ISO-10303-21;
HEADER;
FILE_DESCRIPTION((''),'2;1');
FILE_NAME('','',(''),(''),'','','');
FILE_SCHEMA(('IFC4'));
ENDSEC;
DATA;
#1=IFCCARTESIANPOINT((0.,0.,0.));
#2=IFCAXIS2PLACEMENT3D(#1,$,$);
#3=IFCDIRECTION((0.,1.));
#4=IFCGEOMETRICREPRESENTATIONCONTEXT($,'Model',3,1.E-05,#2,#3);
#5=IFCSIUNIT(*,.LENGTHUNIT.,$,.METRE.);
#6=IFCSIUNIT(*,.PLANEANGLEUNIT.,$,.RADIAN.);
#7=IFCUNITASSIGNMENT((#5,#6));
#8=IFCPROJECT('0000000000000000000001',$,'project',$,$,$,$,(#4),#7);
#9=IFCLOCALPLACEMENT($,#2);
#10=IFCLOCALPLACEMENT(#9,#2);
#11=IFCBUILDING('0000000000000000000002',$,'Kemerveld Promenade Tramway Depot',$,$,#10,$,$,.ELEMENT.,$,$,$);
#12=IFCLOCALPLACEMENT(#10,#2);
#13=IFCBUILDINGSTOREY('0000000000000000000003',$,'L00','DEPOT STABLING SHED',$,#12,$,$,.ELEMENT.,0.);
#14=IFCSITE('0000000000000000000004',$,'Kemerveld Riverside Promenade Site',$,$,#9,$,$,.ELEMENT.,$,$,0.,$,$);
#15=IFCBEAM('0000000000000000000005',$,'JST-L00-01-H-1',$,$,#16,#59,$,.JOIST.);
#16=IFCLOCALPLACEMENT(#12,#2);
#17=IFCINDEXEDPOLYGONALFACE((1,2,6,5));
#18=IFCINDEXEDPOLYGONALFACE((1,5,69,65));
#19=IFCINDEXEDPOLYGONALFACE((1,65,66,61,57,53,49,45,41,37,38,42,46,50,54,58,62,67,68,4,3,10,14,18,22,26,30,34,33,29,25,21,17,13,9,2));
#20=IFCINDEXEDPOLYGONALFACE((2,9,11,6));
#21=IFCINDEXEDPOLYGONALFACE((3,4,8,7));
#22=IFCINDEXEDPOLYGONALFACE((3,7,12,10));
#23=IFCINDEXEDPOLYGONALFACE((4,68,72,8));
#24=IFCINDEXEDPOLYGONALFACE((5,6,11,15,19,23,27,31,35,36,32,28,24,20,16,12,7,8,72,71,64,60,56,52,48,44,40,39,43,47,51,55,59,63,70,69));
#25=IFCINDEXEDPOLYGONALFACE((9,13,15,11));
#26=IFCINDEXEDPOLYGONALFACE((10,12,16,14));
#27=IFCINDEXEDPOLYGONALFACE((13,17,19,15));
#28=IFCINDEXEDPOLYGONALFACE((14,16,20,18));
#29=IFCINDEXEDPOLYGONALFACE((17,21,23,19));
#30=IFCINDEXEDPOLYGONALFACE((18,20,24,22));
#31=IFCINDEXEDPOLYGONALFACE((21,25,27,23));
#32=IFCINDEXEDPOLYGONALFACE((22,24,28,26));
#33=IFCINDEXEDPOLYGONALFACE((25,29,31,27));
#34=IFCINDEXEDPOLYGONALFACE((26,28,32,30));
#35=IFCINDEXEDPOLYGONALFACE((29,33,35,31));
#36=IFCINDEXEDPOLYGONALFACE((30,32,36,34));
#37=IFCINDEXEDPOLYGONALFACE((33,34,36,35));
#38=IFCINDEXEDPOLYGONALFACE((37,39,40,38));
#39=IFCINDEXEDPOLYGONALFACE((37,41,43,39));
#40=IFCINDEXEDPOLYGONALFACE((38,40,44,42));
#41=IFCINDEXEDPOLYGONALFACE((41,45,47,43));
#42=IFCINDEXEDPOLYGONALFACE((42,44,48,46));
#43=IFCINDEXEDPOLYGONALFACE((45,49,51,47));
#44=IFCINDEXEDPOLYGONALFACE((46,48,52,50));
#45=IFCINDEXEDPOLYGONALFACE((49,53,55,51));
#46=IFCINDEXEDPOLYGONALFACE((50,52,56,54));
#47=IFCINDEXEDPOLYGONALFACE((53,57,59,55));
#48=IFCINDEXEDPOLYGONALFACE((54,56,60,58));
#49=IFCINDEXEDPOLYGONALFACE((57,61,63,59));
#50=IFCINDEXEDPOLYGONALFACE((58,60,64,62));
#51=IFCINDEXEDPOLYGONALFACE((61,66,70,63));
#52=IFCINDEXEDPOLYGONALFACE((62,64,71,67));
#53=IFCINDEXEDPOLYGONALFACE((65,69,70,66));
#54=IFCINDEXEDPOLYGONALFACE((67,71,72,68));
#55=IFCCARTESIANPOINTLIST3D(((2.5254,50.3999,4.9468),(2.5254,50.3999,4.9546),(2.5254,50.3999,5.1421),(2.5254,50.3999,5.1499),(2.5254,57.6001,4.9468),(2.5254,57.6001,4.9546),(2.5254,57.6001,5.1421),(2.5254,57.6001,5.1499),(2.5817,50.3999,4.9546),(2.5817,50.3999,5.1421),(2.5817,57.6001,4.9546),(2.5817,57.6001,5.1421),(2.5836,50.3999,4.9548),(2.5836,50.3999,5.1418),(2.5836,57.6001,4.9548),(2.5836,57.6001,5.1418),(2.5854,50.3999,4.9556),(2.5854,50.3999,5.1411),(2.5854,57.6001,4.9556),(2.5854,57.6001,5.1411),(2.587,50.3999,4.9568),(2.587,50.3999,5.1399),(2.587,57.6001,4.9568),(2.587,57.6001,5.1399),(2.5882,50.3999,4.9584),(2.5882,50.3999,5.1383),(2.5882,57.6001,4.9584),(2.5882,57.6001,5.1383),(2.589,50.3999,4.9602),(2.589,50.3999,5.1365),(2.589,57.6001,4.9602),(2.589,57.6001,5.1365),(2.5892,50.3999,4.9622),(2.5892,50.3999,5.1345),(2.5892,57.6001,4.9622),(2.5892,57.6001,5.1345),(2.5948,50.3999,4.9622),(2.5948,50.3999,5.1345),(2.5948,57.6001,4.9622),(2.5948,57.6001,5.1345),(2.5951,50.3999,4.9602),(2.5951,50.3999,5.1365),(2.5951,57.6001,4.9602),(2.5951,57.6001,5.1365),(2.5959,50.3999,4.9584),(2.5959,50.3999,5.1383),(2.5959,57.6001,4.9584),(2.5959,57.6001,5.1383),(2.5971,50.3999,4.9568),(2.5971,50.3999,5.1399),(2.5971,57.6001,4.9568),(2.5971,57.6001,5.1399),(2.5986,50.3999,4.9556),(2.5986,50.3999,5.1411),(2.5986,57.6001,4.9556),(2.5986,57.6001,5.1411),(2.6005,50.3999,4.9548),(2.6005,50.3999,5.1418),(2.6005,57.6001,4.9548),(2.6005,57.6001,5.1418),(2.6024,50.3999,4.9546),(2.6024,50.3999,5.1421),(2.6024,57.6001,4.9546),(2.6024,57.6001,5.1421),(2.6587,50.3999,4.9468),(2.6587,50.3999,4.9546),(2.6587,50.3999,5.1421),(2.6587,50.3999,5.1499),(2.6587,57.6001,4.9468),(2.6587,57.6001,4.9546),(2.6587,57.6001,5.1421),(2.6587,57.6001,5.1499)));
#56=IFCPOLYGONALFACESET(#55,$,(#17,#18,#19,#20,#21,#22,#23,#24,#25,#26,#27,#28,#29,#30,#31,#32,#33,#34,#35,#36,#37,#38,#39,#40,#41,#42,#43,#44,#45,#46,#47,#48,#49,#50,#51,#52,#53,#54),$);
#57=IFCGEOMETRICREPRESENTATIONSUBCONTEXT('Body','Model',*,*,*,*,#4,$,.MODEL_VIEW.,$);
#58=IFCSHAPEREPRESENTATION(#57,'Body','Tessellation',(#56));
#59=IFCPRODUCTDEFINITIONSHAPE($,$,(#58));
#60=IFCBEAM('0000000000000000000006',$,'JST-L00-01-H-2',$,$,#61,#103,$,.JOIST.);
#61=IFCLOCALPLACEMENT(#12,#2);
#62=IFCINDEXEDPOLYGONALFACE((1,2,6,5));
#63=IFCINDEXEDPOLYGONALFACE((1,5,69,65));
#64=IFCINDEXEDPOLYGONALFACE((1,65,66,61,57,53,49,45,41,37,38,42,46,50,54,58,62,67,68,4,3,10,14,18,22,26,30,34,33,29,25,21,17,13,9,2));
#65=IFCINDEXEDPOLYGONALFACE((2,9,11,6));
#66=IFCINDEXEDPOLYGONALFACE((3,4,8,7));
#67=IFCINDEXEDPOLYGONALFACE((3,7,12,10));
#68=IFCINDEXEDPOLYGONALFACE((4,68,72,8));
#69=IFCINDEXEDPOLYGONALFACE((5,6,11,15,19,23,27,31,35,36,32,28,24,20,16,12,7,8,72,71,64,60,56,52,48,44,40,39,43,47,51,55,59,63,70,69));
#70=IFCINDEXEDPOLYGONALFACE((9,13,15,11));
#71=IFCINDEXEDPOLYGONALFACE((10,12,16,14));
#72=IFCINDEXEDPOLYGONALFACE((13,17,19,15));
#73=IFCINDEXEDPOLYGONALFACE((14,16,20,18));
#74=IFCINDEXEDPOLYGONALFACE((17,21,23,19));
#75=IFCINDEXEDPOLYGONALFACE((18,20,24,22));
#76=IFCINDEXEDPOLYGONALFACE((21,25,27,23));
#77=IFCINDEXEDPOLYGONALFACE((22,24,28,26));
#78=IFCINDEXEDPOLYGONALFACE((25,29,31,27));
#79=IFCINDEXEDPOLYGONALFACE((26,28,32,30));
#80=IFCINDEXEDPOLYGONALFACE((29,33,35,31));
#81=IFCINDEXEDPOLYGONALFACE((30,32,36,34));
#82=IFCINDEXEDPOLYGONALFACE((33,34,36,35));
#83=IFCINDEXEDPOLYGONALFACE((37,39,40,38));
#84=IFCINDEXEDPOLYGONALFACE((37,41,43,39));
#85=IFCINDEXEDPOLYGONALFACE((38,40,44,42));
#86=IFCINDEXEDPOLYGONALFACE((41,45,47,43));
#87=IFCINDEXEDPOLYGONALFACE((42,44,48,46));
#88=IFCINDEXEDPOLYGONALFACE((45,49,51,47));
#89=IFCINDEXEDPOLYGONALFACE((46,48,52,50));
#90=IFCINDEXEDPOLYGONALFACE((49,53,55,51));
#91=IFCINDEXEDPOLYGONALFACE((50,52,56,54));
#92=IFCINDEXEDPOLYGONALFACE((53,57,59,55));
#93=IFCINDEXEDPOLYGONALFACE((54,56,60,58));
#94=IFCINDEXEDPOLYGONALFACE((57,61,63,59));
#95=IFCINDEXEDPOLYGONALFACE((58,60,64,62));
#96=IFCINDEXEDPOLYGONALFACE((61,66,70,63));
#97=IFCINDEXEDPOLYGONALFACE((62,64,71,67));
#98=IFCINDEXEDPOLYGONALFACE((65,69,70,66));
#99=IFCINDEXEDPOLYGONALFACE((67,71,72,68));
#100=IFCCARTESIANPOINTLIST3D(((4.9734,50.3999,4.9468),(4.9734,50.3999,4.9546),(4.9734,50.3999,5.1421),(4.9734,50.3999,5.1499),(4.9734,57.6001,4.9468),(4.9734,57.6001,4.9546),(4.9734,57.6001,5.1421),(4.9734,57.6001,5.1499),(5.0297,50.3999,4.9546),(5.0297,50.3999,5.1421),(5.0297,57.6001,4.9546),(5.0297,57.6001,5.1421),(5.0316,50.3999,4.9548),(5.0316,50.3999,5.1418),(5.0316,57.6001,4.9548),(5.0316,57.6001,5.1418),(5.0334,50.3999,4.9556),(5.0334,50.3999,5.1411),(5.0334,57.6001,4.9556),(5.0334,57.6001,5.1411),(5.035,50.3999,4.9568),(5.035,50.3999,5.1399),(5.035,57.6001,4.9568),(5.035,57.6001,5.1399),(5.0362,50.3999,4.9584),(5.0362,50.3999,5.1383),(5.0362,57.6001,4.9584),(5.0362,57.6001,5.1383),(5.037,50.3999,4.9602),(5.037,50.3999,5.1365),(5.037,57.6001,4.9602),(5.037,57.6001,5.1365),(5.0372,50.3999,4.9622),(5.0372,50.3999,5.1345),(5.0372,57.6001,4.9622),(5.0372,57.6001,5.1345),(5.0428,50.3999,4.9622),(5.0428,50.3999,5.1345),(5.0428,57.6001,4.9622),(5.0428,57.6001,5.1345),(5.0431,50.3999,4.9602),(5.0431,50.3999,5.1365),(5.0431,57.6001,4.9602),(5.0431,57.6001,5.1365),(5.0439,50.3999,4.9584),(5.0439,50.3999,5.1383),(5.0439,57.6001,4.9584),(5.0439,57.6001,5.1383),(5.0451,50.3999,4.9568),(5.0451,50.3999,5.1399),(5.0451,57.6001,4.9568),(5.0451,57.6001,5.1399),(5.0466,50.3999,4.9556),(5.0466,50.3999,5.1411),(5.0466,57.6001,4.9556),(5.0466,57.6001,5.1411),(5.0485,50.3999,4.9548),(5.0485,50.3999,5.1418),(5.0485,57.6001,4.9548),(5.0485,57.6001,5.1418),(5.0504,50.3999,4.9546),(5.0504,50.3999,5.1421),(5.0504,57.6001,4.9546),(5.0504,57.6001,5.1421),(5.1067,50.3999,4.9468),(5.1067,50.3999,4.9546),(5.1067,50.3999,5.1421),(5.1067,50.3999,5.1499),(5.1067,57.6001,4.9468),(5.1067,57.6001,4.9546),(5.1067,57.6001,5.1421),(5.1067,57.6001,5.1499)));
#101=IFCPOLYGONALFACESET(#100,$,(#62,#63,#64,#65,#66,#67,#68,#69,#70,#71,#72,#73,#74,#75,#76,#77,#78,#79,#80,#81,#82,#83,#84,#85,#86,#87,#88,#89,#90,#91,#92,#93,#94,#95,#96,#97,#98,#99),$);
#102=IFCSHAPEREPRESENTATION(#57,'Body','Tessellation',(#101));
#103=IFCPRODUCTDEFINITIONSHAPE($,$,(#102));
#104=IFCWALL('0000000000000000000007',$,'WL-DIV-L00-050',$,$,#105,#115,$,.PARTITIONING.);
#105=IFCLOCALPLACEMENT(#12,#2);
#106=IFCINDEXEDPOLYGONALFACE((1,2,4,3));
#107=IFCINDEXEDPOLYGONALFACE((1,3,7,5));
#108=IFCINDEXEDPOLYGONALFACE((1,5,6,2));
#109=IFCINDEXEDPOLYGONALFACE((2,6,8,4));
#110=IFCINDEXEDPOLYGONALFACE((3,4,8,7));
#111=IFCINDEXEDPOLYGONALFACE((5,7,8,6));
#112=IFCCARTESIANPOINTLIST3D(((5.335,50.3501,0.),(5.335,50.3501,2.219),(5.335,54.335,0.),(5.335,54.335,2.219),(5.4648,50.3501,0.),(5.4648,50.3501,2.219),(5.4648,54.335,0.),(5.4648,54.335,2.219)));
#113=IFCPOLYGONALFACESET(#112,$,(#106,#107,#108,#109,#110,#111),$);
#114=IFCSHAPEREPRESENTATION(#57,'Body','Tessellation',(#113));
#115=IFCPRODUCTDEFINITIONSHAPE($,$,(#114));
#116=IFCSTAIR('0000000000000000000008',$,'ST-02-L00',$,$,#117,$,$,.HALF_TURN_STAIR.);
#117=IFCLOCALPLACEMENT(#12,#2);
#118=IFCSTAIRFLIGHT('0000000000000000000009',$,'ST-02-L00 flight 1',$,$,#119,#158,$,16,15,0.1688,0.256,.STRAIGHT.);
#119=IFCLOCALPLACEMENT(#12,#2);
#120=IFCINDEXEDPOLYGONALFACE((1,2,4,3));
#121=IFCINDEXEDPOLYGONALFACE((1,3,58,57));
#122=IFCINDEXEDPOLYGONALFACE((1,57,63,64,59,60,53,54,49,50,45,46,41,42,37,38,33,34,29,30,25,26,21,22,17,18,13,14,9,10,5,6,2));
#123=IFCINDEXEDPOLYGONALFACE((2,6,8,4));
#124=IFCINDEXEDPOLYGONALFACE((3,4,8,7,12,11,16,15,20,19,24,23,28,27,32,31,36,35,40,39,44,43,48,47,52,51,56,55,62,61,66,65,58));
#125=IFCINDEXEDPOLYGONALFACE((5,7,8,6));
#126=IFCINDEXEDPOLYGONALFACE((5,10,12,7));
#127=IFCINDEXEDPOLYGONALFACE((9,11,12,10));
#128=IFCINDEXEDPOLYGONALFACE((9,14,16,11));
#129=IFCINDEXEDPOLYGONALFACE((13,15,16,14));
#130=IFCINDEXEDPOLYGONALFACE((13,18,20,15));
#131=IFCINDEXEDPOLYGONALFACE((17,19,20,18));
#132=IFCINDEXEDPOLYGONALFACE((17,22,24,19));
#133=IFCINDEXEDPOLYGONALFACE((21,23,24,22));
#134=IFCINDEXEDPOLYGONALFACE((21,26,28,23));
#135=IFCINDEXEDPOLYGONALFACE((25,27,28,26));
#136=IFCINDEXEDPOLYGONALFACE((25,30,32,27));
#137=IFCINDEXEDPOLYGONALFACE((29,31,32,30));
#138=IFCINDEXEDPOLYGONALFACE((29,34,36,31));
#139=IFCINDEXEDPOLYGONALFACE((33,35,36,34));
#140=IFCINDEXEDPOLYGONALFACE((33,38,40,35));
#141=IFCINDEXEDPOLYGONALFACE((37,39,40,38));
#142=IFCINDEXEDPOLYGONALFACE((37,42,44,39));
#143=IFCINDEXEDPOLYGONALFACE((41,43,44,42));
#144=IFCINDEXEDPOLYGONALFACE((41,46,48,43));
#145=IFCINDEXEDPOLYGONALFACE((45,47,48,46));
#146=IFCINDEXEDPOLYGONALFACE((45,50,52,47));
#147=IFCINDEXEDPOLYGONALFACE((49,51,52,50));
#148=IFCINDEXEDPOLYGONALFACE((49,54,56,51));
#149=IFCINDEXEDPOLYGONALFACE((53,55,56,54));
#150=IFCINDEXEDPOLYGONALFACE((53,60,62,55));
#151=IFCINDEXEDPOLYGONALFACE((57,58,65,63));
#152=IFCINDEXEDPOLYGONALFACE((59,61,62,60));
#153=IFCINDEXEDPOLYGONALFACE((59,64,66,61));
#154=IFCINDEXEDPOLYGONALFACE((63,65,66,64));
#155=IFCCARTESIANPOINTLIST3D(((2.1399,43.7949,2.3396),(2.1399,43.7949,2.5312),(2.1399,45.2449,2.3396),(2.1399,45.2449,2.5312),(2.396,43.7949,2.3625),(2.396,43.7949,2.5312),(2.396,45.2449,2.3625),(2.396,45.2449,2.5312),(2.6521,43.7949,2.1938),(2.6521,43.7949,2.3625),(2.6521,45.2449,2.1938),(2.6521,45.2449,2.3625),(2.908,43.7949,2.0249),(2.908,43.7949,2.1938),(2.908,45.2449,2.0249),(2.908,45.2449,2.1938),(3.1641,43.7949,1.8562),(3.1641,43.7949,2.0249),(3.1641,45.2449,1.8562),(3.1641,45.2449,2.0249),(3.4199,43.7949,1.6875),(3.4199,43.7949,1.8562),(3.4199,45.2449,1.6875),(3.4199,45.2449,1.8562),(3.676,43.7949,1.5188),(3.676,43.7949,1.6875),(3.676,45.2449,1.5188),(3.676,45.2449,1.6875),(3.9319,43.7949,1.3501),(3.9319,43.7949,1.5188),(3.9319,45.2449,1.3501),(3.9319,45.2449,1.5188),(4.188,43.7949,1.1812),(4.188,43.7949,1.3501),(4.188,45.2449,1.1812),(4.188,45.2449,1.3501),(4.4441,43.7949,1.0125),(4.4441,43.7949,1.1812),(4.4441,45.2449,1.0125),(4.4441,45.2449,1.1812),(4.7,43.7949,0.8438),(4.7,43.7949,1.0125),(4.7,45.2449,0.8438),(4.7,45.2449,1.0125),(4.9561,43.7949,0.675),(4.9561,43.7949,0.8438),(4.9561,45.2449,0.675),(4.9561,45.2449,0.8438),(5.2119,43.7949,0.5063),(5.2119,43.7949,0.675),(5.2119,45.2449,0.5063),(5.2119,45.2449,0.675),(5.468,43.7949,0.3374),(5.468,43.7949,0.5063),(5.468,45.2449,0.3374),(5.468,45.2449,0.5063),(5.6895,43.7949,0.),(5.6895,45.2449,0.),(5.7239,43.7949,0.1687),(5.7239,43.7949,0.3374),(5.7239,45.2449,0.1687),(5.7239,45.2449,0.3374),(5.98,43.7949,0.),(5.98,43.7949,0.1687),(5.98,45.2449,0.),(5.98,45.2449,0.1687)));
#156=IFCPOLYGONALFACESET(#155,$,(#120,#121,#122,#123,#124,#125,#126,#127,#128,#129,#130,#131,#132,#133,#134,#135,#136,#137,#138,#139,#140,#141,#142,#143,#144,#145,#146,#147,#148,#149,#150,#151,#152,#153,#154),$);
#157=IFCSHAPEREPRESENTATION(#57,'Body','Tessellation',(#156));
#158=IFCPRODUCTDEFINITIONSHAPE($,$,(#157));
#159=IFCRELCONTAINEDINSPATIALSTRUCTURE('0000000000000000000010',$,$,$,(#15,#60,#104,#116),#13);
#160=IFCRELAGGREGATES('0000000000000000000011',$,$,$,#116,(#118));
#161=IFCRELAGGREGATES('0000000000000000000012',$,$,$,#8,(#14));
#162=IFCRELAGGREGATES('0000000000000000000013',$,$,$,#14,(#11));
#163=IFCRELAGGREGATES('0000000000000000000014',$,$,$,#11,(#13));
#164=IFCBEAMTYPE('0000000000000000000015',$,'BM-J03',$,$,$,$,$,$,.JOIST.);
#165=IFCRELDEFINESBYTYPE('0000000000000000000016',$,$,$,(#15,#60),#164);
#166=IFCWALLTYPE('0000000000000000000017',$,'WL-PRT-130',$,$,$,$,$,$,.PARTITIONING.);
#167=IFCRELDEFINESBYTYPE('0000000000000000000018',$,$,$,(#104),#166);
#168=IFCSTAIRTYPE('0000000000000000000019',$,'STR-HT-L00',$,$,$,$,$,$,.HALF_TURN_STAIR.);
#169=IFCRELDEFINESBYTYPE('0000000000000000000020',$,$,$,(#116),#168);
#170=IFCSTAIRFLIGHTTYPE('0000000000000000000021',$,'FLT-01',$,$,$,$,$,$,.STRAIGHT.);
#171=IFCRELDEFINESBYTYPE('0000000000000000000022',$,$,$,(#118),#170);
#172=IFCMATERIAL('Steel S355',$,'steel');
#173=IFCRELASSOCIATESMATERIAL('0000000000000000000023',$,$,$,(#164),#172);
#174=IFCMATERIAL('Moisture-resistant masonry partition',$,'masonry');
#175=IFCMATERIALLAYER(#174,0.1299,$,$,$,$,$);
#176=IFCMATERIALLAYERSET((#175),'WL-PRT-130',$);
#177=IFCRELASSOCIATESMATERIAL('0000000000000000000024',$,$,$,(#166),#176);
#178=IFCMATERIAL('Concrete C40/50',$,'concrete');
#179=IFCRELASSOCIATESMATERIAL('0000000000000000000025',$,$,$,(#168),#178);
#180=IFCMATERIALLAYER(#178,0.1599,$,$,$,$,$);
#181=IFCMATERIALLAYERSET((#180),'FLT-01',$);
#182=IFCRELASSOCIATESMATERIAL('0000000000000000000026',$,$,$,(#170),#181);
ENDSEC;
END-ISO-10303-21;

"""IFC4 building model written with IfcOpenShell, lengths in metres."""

from ifc_helpers import new_model, si_unit, direction, frame, frame_2d, origin, origin_2d, place, context, subcontext, project, spatial, polyline, rectangle, i_section, outline, extrude, material, layer, layer_set, material_profile, profile_set, type_object, element, aggregate, save


model = new_model("IFC4")

# Units and contexts
model_context = context("Model", 3, precision=1e-05, world=origin(), true_north=direction((0.0, 1.0)))
body_context = subcontext(model_context, "Body", "Model", "MODEL_VIEW")
ifc_project = project(units=[si_unit("LENGTHUNIT", "METRE"), si_unit("PLANEANGLEUNIT", "RADIAN")], contexts=[model_context])

# Site, building, storey
site_placement = place(None, origin())
site = spatial("IfcSite", under=ifc_project, at=site_placement, Name="Kemerveld Riverside Promenade Site", CompositionType="ELEMENT", RefElevation=0.0)
building_placement = place(site_placement, origin())
building = spatial("IfcBuilding", under=site, at=building_placement, Name="Kemerveld Promenade Tramway Depot", CompositionType="ELEMENT")
storey_placement = place(building_placement, origin())
storey = spatial("IfcBuildingStorey", under=building, at=storey_placement, Name="L00", Description="DEPOT STABLING SHED", CompositionType="ELEMENT", Elevation=0.0)

# Shared definitions
ifc_material_1 = material(Name="Steel S355", Category="steel")

# Beams
ifc_material_profile_1 = material_profile(ifc_material_1, i_section(OverallWidth=0.1333, OverallDepth=0.2031, WebThickness=0.0056, FlangeThickness=0.0078, FilletRadius=0.0076, at=origin_2d()), Name="203x133x25 UB")
ifc_profile_set_1 = profile_set([ifc_material_profile_1], Name="Steel S355")
beam_type_1 = type_object("IfcBeamType", Name="BM-J03", PredefinedType="JOIST", material=ifc_profile_set_1)
for number, where, z_axis, x_axis, name in (
    (1, (2.592, 50.3999, 5.0483), (0.0, 1.0, 0.0), (-1.0, 0.0, 0.0), "JST-L00-01-H-1"),
    (2, (5.04, 50.3999, 5.0483), (0.0, 1.0, 0.0), (-1.0, 0.0, 0.0), "JST-L00-01-H-2"),
):
    element("IfcBeam", number, at=place(storey_placement, frame(where, z_axis=z_axis, x_axis=x_axis)), inside=storey, type_object=beam_type_1, Name=name, PredefinedType="JOIST", context=body_context, shape_type="SweptSolid", body=[
        extrude(i_section(OverallWidth=0.1333, OverallDepth=0.2031, WebThickness=0.0056, FlangeThickness=0.0078, FilletRadius=0.0076, at=origin_2d()), origin(), (0.0, 0.0, 1.0), 7.2002),
    ])

# Shared definitions
ifc_material_2 = material(Name="Concrete C40/50", Category="concrete")

# Wall
ifc_material_3 = material(Name="Moisture-resistant masonry partition", Category="masonry")
ifc_layer_1 = layer(ifc_material_3, 0.1299)
ifc_layer_set_1 = layer_set([ifc_layer_1], Name="WL-PRT-130")
wall_type_1 = type_object("IfcWallType", Name="WL-PRT-130", PredefinedType="PARTITIONING", material=ifc_layer_set_1)
wall_1_placement = place(storey_placement, frame((5.3999, 50.3501, 0.0), z_axis=(0.0, 0.0, 1.0), x_axis=(0.0, 1.0, 0.0)))
element("IfcWall", 3, at=wall_1_placement, inside=storey, type_object=wall_type_1, Name="WL-DIV-L00-050", PredefinedType="PARTITIONING", context=body_context, shape_type="SweptSolid", body=[
    extrude(rectangle(XDim=3.9849, YDim=0.1299, at=frame_2d((1.9924, 0.0))), origin(), (0.0, 0.0, 1.0), 2.219),
])

# Stair, stair flight
stair_type = type_object("IfcStairType", Name="STR-HT-L00", PredefinedType="HALF_TURN_STAIR", material=ifc_material_2)
stair_placement = place(storey_placement, origin())
stair = element("IfcStair", 4, at=stair_placement, inside=storey, type_object=stair_type, Name="ST-02-L00", PredefinedType="HALF_TURN_STAIR")
ifc_layer_2 = layer(ifc_material_2, 0.1599)
ifc_layer_set_2 = layer_set([ifc_layer_2], Name="FLT-01")
stair_flight_type = type_object("IfcStairFlightType", Name="FLT-01", PredefinedType="STRAIGHT", material=ifc_layer_set_2)
stair_flight_placement = place(storey_placement, frame((5.98, 44.52, 0.0), z_axis=(0.0, 0.0, 1.0), x_axis=(-1.0, 0.0, 0.0)))
stair_flight = element("IfcStairFlight", 5, at=stair_flight_placement, type_object=stair_flight_type, Name="ST-02-L00 flight 1", NumberOfRisers=16, NumberOfTreads=15, PredefinedType="STRAIGHT", RiserHeight=0.1688, TreadLength=0.256, context=body_context, shape_type="SweptSolid", body=[
    extrude(outline(polyline([(0.0, 0.0), (0.0, 0.1687), (0.2561, 0.1687), (0.2561, 0.3374), (0.512, 0.3374), (0.512, 0.5063), (0.7681, 0.5063), (0.7681, 0.675), (1.0239, 0.675), (1.0239, 0.8438), (1.28, 0.8438), (1.28, 1.0125), (1.5359, 1.0125), (1.5359, 1.1812), (1.792, 1.1812), (1.792, 1.3501), (2.0481, 1.3501), (2.0481, 1.5188), (2.304, 1.5188), (2.304, 1.6875), (2.5601, 1.6875), (2.5601, 1.8562), (2.8159, 1.8562), (2.8159, 2.0249), (3.072, 2.0249), (3.072, 2.1938), (3.3279, 2.1938), (3.3279, 2.3625), (3.584, 2.3625), (3.584, 2.5312), (3.8401, 2.5312), (3.8401, 2.7), (3.8401, 2.3396), (0.2905, 0.0), (0.0, 0.0)])), frame((0.0, 0.7251, 0.0), z_axis=(0.0, -1.0, 0.0), x_axis=(1.0, 0.0, 0.0)), (0.0, 0.0, 1.0), 1.45),
])
aggregate(stair, [stair_flight])

save(model, "model.ifc")
